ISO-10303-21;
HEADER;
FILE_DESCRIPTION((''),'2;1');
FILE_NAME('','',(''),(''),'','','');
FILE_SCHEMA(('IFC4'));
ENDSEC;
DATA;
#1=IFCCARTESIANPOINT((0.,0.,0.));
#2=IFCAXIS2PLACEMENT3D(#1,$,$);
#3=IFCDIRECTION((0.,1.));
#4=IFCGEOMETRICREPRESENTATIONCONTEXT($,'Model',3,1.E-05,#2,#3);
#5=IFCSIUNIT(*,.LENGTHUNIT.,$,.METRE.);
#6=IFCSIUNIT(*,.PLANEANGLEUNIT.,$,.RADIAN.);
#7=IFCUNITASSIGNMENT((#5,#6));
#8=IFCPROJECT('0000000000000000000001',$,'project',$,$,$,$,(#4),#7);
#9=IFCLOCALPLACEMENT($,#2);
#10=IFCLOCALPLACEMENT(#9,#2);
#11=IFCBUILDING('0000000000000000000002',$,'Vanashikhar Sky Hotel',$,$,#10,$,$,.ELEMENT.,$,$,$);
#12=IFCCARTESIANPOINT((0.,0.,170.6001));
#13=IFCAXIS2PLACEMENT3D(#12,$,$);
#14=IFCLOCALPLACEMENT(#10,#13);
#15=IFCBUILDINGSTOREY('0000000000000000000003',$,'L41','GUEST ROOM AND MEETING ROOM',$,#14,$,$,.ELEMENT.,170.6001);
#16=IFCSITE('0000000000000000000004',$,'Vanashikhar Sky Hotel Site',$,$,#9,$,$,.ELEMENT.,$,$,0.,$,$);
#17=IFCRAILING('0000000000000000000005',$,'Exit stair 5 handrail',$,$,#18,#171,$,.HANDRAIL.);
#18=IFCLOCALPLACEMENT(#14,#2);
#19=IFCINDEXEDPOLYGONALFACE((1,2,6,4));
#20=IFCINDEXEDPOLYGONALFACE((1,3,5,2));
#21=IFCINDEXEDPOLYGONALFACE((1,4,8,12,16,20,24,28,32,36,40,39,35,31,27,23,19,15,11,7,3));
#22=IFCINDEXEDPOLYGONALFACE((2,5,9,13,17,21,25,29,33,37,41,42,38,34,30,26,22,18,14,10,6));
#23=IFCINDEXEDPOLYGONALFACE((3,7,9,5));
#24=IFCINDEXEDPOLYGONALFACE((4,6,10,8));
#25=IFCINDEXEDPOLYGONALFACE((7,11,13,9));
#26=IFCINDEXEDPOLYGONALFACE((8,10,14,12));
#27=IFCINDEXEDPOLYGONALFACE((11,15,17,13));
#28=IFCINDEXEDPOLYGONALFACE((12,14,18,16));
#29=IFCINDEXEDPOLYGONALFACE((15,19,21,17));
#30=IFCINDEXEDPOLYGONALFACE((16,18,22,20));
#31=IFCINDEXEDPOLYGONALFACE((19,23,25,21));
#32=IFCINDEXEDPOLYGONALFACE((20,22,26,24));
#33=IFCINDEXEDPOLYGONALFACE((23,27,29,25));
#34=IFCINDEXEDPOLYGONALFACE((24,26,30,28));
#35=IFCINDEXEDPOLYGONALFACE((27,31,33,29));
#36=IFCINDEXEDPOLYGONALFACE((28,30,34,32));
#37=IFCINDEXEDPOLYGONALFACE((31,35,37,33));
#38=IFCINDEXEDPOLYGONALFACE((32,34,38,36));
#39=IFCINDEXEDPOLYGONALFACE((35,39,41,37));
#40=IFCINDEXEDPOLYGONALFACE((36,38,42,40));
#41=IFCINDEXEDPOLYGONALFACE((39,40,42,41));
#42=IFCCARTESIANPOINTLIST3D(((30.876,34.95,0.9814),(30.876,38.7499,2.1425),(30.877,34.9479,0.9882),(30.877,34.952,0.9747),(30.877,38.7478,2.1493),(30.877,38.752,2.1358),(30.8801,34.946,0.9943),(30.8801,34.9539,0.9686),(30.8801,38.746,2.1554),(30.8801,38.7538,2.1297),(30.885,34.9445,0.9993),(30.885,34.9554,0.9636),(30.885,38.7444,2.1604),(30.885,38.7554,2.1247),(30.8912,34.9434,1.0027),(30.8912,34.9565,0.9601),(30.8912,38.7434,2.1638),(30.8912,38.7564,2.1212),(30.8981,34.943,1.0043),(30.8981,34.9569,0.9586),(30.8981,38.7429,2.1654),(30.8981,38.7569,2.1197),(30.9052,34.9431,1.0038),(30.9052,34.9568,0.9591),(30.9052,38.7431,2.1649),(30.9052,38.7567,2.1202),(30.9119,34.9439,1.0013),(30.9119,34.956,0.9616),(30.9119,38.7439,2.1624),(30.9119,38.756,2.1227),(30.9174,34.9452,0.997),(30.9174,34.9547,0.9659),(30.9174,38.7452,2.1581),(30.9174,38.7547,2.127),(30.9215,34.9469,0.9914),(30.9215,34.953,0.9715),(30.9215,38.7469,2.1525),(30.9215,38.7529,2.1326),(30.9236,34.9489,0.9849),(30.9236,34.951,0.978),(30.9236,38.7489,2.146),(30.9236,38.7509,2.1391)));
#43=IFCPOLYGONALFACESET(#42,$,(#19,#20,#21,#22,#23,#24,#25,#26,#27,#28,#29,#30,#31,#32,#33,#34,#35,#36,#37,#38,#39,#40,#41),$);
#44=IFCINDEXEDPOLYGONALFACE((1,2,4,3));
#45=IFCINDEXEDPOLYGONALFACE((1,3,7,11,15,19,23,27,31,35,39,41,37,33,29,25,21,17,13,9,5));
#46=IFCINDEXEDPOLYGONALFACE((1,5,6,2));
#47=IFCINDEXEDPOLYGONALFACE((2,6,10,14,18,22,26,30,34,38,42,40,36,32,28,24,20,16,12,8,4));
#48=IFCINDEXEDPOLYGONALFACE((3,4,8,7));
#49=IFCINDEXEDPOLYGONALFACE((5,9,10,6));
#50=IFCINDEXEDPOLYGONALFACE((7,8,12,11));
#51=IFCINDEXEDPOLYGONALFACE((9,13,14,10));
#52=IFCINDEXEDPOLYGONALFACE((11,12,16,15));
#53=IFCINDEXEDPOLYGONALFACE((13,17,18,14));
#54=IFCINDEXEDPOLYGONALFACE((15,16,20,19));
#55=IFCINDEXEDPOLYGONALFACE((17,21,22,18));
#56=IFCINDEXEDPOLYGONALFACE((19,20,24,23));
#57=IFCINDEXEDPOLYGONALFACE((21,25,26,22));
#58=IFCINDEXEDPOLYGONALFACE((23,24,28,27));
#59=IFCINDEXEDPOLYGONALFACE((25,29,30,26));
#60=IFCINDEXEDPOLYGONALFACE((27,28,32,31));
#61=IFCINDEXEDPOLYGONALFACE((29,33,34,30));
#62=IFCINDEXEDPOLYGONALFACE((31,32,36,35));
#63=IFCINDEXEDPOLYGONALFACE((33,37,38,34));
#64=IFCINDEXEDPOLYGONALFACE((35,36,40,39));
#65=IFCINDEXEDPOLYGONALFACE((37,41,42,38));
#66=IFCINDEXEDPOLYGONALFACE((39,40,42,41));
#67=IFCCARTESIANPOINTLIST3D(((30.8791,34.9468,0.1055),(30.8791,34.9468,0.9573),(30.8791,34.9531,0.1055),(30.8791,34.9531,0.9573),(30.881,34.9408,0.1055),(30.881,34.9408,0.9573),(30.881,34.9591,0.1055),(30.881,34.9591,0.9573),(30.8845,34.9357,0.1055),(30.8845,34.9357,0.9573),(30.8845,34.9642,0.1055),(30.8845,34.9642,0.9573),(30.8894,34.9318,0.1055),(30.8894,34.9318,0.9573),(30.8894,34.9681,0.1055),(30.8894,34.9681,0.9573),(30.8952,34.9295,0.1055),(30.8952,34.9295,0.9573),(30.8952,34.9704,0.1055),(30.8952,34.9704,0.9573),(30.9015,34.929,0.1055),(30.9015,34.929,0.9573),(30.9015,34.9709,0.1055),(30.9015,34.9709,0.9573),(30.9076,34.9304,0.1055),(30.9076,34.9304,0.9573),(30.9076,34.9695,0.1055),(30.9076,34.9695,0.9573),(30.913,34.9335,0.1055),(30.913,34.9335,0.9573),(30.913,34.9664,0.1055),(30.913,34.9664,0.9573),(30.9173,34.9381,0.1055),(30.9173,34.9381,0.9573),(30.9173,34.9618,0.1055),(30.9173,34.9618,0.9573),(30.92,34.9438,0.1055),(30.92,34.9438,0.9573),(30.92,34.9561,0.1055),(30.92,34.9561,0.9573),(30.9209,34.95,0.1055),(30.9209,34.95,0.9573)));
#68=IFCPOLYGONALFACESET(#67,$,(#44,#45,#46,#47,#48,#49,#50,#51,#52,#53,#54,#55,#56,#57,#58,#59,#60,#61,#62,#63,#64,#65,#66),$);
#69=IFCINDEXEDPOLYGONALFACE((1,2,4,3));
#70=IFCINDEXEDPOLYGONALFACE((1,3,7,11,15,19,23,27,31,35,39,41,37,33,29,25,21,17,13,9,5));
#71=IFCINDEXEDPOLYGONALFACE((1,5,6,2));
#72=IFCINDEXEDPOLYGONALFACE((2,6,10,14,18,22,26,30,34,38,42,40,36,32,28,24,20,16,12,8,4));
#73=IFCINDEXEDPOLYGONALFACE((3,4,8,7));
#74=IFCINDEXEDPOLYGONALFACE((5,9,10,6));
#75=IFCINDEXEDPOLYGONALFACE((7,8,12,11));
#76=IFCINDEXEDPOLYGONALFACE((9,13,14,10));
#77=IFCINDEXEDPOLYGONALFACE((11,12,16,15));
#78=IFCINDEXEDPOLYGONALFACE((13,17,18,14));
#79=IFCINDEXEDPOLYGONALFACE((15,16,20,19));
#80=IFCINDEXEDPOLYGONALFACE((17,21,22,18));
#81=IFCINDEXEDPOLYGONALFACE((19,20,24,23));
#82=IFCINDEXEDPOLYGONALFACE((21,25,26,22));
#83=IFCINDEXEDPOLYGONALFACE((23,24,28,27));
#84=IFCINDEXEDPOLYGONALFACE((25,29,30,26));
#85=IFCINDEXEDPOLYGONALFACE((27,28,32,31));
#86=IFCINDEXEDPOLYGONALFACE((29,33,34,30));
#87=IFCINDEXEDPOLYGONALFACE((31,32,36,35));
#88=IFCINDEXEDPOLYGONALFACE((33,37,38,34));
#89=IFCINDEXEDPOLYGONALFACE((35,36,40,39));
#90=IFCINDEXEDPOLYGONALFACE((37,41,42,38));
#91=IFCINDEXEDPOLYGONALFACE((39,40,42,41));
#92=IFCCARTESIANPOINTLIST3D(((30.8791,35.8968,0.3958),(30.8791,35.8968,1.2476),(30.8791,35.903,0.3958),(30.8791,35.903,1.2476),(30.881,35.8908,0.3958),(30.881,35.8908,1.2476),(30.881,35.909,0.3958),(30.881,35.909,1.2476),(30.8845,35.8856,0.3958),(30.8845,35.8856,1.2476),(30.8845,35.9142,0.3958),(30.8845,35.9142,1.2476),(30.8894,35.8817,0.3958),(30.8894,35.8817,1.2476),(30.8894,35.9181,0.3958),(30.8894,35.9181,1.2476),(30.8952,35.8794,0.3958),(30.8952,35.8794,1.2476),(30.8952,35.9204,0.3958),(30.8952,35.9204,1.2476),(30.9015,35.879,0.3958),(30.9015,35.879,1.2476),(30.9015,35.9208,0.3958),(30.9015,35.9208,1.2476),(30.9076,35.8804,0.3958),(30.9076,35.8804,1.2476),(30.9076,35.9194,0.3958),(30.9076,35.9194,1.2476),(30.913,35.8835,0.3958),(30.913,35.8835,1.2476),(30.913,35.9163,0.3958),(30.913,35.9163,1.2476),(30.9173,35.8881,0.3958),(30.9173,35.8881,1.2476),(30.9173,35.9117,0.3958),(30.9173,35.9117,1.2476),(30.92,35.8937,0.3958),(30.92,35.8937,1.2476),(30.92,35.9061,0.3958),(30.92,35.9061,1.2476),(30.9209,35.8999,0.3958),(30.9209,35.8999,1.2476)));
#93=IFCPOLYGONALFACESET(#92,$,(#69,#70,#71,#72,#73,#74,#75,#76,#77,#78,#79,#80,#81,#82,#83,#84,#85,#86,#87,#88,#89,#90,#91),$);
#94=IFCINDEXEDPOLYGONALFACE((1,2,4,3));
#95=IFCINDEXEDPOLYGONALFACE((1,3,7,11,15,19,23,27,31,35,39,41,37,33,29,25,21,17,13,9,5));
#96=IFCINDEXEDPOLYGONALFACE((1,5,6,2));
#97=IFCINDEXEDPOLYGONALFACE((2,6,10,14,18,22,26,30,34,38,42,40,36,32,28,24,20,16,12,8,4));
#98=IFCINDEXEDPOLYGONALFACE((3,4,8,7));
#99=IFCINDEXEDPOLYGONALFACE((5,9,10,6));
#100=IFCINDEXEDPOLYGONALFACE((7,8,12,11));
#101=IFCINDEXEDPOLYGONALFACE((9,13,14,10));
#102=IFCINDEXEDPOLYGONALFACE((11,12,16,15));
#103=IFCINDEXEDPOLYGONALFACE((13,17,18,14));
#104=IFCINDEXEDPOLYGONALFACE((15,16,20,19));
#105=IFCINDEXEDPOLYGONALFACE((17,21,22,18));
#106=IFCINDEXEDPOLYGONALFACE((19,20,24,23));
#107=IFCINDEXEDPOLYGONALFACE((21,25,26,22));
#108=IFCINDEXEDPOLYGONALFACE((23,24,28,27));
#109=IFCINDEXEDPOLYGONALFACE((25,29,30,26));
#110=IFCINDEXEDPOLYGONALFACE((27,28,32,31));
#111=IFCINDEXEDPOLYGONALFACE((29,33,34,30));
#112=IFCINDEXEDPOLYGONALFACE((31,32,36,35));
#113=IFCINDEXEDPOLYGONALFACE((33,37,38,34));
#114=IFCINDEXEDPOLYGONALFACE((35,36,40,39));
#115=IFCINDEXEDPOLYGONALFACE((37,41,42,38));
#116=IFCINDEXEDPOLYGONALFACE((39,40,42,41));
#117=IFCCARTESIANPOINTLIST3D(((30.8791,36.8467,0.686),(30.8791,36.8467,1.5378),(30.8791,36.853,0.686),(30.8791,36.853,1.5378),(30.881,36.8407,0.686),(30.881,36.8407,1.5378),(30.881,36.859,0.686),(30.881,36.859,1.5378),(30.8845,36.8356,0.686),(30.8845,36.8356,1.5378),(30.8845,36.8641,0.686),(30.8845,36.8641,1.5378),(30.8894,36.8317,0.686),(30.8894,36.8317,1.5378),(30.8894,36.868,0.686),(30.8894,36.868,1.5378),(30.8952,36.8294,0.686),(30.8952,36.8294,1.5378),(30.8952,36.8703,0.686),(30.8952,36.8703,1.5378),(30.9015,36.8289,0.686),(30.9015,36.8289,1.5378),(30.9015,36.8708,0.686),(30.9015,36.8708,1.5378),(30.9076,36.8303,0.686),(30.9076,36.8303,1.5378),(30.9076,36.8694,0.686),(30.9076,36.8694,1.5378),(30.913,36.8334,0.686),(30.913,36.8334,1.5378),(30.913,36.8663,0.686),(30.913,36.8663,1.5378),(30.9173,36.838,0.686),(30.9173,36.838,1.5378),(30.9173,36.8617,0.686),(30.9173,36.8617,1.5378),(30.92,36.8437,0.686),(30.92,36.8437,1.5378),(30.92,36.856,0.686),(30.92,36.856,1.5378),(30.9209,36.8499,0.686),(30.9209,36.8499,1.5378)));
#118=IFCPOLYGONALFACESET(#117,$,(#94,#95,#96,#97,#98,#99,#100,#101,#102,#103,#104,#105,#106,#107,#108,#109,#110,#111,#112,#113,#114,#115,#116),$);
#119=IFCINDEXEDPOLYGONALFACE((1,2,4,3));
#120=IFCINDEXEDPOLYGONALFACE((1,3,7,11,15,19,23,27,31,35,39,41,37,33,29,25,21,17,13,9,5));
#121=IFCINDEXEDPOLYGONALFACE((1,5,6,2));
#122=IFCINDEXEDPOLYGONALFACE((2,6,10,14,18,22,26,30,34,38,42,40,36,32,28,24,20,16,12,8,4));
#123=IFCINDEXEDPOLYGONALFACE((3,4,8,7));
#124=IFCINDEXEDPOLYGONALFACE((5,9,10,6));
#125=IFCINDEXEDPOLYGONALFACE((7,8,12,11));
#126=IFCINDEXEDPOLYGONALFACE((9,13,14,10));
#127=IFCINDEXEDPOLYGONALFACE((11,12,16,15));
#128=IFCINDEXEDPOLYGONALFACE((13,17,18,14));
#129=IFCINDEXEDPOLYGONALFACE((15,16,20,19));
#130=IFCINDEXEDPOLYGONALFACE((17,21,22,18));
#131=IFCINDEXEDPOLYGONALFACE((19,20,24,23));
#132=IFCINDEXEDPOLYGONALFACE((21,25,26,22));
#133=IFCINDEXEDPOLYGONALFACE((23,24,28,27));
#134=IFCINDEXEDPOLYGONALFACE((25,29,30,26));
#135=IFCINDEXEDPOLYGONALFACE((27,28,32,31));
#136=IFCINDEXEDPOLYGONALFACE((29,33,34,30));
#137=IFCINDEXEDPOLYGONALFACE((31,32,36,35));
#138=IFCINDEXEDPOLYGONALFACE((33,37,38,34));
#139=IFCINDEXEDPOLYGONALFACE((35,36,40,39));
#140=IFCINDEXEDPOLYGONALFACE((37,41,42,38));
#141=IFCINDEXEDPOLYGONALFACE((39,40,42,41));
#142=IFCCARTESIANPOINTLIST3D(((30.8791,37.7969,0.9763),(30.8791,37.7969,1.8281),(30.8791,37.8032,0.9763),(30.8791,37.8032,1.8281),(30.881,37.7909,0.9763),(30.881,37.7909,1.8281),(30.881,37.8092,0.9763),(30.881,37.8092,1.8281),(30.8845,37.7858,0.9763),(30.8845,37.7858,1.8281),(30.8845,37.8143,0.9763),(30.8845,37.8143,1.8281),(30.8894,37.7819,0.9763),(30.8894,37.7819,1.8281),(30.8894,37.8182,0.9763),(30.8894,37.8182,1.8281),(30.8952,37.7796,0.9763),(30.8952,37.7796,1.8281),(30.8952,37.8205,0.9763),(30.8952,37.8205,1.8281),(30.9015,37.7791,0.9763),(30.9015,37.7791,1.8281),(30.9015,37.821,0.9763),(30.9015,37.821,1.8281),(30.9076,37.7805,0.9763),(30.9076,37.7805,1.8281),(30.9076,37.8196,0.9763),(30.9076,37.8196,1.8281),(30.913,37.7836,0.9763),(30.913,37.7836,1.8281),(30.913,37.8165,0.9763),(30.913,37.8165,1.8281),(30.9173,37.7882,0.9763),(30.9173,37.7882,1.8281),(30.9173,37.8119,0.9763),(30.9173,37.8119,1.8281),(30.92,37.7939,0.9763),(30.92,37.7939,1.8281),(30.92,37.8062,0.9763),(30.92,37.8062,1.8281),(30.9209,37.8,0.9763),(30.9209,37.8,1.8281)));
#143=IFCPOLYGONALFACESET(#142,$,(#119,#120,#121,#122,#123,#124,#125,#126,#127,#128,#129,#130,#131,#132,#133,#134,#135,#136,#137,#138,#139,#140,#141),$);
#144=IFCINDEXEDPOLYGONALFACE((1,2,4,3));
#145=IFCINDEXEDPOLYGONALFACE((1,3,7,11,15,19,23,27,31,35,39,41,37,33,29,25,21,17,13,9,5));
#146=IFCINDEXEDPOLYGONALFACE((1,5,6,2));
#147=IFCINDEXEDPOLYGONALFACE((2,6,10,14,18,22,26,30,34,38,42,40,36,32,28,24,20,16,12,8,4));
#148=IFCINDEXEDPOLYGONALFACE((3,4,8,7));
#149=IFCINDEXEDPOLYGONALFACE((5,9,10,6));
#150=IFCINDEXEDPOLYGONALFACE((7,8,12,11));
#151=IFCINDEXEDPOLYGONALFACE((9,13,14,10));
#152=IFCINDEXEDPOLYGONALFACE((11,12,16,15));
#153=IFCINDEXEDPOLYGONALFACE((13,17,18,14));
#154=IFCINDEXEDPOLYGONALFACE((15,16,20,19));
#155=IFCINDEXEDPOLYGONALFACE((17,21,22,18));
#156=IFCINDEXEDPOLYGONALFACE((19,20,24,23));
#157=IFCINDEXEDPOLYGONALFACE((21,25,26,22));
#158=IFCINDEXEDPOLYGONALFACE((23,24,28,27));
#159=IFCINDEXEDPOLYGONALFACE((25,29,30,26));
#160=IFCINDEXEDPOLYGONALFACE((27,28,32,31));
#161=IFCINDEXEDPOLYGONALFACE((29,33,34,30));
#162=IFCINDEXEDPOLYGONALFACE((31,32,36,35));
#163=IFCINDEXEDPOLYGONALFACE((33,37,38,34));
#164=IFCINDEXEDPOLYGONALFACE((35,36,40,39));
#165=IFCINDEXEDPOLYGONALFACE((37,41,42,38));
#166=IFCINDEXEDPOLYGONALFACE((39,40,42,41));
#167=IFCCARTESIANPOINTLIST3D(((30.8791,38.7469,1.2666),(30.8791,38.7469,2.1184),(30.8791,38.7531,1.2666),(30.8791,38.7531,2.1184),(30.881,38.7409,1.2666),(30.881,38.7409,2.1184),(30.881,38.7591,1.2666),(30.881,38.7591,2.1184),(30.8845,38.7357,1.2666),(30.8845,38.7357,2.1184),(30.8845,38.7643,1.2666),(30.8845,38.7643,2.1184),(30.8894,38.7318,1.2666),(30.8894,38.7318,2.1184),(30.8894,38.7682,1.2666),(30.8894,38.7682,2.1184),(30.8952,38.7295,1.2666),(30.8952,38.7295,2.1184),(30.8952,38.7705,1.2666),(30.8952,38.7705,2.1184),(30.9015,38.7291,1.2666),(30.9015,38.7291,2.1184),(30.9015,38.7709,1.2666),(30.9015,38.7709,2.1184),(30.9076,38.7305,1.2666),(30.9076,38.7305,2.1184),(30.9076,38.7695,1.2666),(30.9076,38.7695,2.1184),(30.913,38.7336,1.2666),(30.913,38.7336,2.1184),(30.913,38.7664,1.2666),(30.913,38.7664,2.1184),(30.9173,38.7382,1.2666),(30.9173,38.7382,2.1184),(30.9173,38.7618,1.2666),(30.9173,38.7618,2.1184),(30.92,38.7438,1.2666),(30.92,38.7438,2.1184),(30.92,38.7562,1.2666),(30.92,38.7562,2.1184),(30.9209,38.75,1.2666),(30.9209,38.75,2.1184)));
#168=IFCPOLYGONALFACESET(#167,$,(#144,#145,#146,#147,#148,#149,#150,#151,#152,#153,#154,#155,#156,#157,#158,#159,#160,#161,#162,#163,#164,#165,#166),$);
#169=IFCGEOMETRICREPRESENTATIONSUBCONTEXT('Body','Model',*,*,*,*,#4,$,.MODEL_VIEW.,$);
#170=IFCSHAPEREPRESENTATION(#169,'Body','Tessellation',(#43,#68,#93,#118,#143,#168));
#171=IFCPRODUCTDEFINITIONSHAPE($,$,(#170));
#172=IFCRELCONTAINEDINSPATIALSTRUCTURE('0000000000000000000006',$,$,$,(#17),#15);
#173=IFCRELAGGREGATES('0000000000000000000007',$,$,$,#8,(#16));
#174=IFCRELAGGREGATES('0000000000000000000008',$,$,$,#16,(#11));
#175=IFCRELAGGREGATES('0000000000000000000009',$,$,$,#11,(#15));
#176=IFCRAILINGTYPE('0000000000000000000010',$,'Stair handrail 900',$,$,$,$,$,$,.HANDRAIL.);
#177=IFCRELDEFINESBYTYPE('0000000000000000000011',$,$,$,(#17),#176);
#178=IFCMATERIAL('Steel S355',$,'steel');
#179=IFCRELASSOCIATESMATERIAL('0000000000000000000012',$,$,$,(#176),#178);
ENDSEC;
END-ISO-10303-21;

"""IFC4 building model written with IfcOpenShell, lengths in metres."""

from ifc_helpers import new_model, si_unit, direction, frame, origin, origin_2d, place, context, subcontext, project, spatial, circle, extrude, source, transform, mapped, material, type_object, element, save


model = new_model("IFC4")

# Units and contexts
model_context = context("Model", 3, precision=1e-05, world=origin(), true_north=direction((0.0, 1.0)))
body_context = subcontext(model_context, "Body", "Model", "MODEL_VIEW")
ifc_project = project(units=[si_unit("LENGTHUNIT", "METRE"), si_unit("PLANEANGLEUNIT", "RADIAN")], contexts=[model_context])

# Site, building, storey
site_placement = place(None, origin())
site = spatial("IfcSite", under=ifc_project, at=site_placement, Name="Vanashikhar Sky Hotel Site", CompositionType="ELEMENT", RefElevation=0.0)
building_placement = place(site_placement, origin())
building = spatial("IfcBuilding", under=site, at=building_placement, Name="Vanashikhar Sky Hotel", CompositionType="ELEMENT")
storey_placement = place(building_placement, frame((0.0, 0.0, 170.6001)))
storey = spatial("IfcBuildingStorey", under=building, at=storey_placement, Name="L41", Description="GUEST ROOM AND MEETING ROOM", CompositionType="ELEMENT", Elevation=170.6001)

# Railing
ifc_material_1 = material(Name="Steel S355", Category="steel")
railing_type_1 = type_object("IfcRailingType", Name="Stair handrail 900", PredefinedType="HANDRAIL", material=ifc_material_1)
shared_shape_1 = source(origin(), body_context, "Body", "SweptSolid", [
    extrude(circle(Radius=0.0239, at=origin_2d()), frame((0.0, 0.0, 0.876), z_axis=(0.0, 0.956351, 0.29222), x_axis=(-1.0, 0.0, 0.0)), (0.0, 0.0, 1.0), 3.9734),
    extrude(circle(Radius=0.021, at=origin_2d()), origin(), (0.0, 0.0, 1.0), 0.8518),
    extrude(circle(Radius=0.021, at=origin_2d()), frame((0.0, 0.95, 0.2903)), (0.0, 0.0, 1.0), 0.8518),
    extrude(circle(Radius=0.021, at=origin_2d()), frame((0.0, 1.8999, 0.5806)), (0.0, 0.0, 1.0), 0.8518),
    extrude(circle(Radius=0.021, at=origin_2d()), frame((0.0, 2.8501, 0.8708)), (0.0, 0.0, 1.0), 0.8518),
    extrude(circle(Radius=0.021, at=origin_2d()), frame((0.0, 3.8, 1.1611)), (0.0, 0.0, 1.0), 0.8518),
])
for number, where, name in (
    (1, (30.8999, 34.95, 0.1055), "Exit stair 5 handrail"),
):
    element("IfcRailing", number, at=place(storey_placement, frame(where)), inside=storey, type_object=railing_type_1, Name=name, PredefinedType="HANDRAIL", context=body_context, shape_type="MappedRepresentation", body=[
        mapped(shared_shape_1, transform((0.0, 0.0, 0.0), scale=1.0)),
    ])

save(model, "model.ifc")
